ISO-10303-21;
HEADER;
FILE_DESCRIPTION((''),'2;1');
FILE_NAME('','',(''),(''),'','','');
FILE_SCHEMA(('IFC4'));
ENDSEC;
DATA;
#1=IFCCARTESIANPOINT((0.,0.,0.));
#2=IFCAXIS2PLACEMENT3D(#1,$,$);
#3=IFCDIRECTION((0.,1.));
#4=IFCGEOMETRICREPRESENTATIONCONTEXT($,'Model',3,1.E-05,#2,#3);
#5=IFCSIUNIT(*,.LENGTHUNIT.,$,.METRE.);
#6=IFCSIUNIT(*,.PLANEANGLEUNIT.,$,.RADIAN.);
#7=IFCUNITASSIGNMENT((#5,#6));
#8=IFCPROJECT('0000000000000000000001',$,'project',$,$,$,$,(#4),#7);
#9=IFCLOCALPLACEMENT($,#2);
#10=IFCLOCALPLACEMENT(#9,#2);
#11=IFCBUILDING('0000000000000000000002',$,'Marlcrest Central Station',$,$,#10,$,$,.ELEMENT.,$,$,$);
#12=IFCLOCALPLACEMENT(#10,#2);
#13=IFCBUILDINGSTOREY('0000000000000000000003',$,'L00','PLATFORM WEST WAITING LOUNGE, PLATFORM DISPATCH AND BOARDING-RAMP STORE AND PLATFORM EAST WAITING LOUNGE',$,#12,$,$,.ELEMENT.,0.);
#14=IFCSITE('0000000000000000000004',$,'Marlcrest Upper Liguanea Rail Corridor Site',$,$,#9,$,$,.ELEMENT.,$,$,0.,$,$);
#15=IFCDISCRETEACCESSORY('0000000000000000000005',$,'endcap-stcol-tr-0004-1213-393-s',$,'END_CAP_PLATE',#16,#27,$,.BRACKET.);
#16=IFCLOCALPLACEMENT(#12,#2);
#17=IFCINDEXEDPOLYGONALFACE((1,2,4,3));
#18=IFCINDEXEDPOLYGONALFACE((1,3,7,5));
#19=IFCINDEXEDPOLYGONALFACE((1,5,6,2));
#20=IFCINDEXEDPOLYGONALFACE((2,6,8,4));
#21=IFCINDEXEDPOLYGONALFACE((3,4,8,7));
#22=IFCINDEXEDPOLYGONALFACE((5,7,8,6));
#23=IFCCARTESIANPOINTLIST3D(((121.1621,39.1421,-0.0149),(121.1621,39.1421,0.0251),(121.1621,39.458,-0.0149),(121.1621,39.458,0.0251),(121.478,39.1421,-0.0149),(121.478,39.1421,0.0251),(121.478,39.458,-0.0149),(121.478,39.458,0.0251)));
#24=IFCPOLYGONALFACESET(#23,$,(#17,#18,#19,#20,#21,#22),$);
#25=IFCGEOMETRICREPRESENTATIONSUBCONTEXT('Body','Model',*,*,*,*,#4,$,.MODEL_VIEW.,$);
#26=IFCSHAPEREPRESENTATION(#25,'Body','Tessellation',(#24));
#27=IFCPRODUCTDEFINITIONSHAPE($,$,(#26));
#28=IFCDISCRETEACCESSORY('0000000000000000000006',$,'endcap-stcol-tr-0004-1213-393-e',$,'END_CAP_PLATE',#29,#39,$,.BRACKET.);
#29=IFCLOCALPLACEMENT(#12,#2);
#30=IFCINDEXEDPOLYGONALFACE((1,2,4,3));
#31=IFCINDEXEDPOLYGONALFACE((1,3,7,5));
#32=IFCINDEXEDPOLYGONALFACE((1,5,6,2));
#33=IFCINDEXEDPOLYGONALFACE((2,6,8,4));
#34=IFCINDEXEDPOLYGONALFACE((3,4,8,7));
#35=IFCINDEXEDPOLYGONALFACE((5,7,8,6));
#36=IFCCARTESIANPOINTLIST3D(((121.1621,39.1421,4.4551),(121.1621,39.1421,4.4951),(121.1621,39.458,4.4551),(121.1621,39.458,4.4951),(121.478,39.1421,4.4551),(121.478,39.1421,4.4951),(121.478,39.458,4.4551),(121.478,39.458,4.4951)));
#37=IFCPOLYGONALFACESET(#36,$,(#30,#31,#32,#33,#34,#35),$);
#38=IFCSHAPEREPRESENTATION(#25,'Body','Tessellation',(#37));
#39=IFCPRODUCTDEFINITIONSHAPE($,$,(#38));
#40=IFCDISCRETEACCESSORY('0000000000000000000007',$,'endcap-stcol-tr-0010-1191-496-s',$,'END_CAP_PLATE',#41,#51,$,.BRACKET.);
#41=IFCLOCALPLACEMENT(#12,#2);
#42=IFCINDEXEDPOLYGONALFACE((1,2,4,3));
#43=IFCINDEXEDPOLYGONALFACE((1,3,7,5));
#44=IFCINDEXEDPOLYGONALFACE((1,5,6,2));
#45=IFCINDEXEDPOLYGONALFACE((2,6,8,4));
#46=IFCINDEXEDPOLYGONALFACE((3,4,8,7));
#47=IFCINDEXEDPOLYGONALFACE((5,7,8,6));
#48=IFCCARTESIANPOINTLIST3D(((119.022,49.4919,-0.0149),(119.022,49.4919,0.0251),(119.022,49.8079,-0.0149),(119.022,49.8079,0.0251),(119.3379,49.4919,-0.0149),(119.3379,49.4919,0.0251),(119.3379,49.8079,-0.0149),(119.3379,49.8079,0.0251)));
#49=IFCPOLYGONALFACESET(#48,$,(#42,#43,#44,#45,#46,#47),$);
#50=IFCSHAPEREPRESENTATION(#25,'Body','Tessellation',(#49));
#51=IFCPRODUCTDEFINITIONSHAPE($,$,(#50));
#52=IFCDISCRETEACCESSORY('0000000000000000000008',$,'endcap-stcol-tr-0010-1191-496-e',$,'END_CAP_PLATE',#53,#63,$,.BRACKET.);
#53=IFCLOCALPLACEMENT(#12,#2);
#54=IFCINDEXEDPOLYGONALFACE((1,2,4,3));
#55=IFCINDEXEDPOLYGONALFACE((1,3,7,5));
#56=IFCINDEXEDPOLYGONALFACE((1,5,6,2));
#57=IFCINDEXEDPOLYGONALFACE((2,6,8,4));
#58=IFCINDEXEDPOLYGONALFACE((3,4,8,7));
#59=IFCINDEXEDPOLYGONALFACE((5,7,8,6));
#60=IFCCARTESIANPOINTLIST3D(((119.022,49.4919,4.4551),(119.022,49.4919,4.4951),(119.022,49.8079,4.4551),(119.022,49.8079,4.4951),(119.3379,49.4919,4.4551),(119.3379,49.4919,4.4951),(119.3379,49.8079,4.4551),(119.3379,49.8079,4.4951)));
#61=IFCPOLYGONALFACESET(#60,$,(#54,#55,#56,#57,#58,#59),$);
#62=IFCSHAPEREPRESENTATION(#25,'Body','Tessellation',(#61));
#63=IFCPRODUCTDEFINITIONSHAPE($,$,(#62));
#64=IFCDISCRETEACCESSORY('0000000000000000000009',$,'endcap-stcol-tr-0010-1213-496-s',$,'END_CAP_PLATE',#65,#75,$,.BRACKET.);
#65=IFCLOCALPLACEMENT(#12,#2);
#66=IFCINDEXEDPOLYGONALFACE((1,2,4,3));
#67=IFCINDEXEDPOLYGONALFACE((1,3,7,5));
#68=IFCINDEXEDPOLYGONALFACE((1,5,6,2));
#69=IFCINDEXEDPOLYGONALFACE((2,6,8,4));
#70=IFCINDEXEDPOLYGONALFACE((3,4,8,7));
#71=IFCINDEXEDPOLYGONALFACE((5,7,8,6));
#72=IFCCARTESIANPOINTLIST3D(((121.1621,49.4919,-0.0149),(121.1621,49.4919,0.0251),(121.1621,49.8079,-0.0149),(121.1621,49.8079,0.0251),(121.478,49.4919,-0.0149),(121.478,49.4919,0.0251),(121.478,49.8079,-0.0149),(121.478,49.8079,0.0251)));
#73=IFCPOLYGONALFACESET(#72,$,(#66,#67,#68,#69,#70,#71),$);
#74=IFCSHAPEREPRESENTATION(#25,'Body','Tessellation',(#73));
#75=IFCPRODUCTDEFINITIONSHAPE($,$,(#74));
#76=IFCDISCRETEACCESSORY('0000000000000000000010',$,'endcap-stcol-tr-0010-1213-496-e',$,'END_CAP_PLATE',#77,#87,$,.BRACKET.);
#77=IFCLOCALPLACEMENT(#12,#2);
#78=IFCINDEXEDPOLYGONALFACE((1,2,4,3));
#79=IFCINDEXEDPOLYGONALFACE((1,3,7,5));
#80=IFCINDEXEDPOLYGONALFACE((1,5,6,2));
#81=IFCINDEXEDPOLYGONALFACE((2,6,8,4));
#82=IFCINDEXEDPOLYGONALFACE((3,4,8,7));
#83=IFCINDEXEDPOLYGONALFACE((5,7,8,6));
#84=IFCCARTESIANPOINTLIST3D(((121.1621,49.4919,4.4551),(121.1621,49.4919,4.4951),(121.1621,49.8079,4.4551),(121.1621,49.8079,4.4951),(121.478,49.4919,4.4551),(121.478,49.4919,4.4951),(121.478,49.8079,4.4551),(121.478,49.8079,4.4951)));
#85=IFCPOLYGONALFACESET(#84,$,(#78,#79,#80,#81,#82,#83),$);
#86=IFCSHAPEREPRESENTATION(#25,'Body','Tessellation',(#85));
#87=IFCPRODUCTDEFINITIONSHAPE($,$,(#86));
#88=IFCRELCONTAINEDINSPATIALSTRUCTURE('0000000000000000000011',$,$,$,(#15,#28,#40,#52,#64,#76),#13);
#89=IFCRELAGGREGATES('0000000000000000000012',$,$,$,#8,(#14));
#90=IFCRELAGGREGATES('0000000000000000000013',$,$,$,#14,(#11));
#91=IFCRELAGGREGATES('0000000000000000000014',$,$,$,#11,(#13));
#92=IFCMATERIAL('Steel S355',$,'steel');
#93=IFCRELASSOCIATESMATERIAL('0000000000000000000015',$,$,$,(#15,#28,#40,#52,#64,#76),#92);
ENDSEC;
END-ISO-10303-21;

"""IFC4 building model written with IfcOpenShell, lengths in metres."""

from ifc_helpers import new_model, si_unit, direction, frame, origin, origin_2d, place, context, subcontext, project, spatial, rectangle, extrude, material, element, save


model = new_model("IFC4")

# Units and contexts
model_context = context("Model", 3, precision=1e-05, world=origin(), true_north=direction((0.0, 1.0)))
body_context = subcontext(model_context, "Body", "Model", "MODEL_VIEW")
ifc_project = project(units=[si_unit("LENGTHUNIT", "METRE"), si_unit("PLANEANGLEUNIT", "RADIAN")], contexts=[model_context])

# Site, building, storey
site_placement = place(None, origin())
site = spatial("IfcSite", under=ifc_project, at=site_placement, Name="Marlcrest Upper Liguanea Rail Corridor Site", CompositionType="ELEMENT", RefElevation=0.0)
building_placement = place(site_placement, origin())
building = spatial("IfcBuilding", under=site, at=building_placement, Name="Marlcrest Central Station", CompositionType="ELEMENT")
storey_placement = place(building_placement, origin())
storey = spatial("IfcBuildingStorey", under=building, at=storey_placement, Name="L00", Description="PLATFORM WEST WAITING LOUNGE, PLATFORM DISPATCH AND BOARDING-RAMP STORE AND PLATFORM EAST WAITING LOUNGE", CompositionType="ELEMENT", Elevation=0.0)

# Shared definitions
ifc_material_1 = material(Name="Steel S355", Category="steel")

# Discrete accessories
for number, where, z_axis, x_axis, name in (
    (1, (121.3201, 39.3, -0.0149), (0.0, 0.0, 1.0), (1.0, 0.0, 0.0), "endcap-stcol-tr-0004-1213-393-s"),
    (2, (121.3201, 39.3, 4.4551), (0.0, 0.0, 1.0), (1.0, 0.0, 0.0), "endcap-stcol-tr-0004-1213-393-e"),
    (3, (119.1799, 49.6499, -0.0149), (0.0, 0.0, 1.0), (1.0, 0.0, 0.0), "endcap-stcol-tr-0010-1191-496-s"),
    (4, (119.1799, 49.6499, 4.4551), (0.0, 0.0, 1.0), (1.0, 0.0, 0.0), "endcap-stcol-tr-0010-1191-496-e"),
    (5, (121.3201, 49.6499, -0.0149), (0.0, 0.0, 1.0), (1.0, 0.0, 0.0), "endcap-stcol-tr-0010-1213-496-s"),
    (6, (121.3201, 49.6499, 4.4551), (0.0, 0.0, 1.0), (1.0, 0.0, 0.0), "endcap-stcol-tr-0010-1213-496-e"),
):
    element("IfcDiscreteAccessory", number, at=place(storey_placement, frame(where, z_axis=z_axis, x_axis=x_axis)), inside=storey, material=ifc_material_1, Name=name, ObjectType="END_CAP_PLATE", PredefinedType="BRACKET", context=body_context, shape_type="SweptSolid", body=[
        extrude(rectangle(XDim=0.3159, YDim=0.3159, at=origin_2d()), origin(), (0.0, 0.0, 1.0), 0.04),
    ])

save(model, "model.ifc")
